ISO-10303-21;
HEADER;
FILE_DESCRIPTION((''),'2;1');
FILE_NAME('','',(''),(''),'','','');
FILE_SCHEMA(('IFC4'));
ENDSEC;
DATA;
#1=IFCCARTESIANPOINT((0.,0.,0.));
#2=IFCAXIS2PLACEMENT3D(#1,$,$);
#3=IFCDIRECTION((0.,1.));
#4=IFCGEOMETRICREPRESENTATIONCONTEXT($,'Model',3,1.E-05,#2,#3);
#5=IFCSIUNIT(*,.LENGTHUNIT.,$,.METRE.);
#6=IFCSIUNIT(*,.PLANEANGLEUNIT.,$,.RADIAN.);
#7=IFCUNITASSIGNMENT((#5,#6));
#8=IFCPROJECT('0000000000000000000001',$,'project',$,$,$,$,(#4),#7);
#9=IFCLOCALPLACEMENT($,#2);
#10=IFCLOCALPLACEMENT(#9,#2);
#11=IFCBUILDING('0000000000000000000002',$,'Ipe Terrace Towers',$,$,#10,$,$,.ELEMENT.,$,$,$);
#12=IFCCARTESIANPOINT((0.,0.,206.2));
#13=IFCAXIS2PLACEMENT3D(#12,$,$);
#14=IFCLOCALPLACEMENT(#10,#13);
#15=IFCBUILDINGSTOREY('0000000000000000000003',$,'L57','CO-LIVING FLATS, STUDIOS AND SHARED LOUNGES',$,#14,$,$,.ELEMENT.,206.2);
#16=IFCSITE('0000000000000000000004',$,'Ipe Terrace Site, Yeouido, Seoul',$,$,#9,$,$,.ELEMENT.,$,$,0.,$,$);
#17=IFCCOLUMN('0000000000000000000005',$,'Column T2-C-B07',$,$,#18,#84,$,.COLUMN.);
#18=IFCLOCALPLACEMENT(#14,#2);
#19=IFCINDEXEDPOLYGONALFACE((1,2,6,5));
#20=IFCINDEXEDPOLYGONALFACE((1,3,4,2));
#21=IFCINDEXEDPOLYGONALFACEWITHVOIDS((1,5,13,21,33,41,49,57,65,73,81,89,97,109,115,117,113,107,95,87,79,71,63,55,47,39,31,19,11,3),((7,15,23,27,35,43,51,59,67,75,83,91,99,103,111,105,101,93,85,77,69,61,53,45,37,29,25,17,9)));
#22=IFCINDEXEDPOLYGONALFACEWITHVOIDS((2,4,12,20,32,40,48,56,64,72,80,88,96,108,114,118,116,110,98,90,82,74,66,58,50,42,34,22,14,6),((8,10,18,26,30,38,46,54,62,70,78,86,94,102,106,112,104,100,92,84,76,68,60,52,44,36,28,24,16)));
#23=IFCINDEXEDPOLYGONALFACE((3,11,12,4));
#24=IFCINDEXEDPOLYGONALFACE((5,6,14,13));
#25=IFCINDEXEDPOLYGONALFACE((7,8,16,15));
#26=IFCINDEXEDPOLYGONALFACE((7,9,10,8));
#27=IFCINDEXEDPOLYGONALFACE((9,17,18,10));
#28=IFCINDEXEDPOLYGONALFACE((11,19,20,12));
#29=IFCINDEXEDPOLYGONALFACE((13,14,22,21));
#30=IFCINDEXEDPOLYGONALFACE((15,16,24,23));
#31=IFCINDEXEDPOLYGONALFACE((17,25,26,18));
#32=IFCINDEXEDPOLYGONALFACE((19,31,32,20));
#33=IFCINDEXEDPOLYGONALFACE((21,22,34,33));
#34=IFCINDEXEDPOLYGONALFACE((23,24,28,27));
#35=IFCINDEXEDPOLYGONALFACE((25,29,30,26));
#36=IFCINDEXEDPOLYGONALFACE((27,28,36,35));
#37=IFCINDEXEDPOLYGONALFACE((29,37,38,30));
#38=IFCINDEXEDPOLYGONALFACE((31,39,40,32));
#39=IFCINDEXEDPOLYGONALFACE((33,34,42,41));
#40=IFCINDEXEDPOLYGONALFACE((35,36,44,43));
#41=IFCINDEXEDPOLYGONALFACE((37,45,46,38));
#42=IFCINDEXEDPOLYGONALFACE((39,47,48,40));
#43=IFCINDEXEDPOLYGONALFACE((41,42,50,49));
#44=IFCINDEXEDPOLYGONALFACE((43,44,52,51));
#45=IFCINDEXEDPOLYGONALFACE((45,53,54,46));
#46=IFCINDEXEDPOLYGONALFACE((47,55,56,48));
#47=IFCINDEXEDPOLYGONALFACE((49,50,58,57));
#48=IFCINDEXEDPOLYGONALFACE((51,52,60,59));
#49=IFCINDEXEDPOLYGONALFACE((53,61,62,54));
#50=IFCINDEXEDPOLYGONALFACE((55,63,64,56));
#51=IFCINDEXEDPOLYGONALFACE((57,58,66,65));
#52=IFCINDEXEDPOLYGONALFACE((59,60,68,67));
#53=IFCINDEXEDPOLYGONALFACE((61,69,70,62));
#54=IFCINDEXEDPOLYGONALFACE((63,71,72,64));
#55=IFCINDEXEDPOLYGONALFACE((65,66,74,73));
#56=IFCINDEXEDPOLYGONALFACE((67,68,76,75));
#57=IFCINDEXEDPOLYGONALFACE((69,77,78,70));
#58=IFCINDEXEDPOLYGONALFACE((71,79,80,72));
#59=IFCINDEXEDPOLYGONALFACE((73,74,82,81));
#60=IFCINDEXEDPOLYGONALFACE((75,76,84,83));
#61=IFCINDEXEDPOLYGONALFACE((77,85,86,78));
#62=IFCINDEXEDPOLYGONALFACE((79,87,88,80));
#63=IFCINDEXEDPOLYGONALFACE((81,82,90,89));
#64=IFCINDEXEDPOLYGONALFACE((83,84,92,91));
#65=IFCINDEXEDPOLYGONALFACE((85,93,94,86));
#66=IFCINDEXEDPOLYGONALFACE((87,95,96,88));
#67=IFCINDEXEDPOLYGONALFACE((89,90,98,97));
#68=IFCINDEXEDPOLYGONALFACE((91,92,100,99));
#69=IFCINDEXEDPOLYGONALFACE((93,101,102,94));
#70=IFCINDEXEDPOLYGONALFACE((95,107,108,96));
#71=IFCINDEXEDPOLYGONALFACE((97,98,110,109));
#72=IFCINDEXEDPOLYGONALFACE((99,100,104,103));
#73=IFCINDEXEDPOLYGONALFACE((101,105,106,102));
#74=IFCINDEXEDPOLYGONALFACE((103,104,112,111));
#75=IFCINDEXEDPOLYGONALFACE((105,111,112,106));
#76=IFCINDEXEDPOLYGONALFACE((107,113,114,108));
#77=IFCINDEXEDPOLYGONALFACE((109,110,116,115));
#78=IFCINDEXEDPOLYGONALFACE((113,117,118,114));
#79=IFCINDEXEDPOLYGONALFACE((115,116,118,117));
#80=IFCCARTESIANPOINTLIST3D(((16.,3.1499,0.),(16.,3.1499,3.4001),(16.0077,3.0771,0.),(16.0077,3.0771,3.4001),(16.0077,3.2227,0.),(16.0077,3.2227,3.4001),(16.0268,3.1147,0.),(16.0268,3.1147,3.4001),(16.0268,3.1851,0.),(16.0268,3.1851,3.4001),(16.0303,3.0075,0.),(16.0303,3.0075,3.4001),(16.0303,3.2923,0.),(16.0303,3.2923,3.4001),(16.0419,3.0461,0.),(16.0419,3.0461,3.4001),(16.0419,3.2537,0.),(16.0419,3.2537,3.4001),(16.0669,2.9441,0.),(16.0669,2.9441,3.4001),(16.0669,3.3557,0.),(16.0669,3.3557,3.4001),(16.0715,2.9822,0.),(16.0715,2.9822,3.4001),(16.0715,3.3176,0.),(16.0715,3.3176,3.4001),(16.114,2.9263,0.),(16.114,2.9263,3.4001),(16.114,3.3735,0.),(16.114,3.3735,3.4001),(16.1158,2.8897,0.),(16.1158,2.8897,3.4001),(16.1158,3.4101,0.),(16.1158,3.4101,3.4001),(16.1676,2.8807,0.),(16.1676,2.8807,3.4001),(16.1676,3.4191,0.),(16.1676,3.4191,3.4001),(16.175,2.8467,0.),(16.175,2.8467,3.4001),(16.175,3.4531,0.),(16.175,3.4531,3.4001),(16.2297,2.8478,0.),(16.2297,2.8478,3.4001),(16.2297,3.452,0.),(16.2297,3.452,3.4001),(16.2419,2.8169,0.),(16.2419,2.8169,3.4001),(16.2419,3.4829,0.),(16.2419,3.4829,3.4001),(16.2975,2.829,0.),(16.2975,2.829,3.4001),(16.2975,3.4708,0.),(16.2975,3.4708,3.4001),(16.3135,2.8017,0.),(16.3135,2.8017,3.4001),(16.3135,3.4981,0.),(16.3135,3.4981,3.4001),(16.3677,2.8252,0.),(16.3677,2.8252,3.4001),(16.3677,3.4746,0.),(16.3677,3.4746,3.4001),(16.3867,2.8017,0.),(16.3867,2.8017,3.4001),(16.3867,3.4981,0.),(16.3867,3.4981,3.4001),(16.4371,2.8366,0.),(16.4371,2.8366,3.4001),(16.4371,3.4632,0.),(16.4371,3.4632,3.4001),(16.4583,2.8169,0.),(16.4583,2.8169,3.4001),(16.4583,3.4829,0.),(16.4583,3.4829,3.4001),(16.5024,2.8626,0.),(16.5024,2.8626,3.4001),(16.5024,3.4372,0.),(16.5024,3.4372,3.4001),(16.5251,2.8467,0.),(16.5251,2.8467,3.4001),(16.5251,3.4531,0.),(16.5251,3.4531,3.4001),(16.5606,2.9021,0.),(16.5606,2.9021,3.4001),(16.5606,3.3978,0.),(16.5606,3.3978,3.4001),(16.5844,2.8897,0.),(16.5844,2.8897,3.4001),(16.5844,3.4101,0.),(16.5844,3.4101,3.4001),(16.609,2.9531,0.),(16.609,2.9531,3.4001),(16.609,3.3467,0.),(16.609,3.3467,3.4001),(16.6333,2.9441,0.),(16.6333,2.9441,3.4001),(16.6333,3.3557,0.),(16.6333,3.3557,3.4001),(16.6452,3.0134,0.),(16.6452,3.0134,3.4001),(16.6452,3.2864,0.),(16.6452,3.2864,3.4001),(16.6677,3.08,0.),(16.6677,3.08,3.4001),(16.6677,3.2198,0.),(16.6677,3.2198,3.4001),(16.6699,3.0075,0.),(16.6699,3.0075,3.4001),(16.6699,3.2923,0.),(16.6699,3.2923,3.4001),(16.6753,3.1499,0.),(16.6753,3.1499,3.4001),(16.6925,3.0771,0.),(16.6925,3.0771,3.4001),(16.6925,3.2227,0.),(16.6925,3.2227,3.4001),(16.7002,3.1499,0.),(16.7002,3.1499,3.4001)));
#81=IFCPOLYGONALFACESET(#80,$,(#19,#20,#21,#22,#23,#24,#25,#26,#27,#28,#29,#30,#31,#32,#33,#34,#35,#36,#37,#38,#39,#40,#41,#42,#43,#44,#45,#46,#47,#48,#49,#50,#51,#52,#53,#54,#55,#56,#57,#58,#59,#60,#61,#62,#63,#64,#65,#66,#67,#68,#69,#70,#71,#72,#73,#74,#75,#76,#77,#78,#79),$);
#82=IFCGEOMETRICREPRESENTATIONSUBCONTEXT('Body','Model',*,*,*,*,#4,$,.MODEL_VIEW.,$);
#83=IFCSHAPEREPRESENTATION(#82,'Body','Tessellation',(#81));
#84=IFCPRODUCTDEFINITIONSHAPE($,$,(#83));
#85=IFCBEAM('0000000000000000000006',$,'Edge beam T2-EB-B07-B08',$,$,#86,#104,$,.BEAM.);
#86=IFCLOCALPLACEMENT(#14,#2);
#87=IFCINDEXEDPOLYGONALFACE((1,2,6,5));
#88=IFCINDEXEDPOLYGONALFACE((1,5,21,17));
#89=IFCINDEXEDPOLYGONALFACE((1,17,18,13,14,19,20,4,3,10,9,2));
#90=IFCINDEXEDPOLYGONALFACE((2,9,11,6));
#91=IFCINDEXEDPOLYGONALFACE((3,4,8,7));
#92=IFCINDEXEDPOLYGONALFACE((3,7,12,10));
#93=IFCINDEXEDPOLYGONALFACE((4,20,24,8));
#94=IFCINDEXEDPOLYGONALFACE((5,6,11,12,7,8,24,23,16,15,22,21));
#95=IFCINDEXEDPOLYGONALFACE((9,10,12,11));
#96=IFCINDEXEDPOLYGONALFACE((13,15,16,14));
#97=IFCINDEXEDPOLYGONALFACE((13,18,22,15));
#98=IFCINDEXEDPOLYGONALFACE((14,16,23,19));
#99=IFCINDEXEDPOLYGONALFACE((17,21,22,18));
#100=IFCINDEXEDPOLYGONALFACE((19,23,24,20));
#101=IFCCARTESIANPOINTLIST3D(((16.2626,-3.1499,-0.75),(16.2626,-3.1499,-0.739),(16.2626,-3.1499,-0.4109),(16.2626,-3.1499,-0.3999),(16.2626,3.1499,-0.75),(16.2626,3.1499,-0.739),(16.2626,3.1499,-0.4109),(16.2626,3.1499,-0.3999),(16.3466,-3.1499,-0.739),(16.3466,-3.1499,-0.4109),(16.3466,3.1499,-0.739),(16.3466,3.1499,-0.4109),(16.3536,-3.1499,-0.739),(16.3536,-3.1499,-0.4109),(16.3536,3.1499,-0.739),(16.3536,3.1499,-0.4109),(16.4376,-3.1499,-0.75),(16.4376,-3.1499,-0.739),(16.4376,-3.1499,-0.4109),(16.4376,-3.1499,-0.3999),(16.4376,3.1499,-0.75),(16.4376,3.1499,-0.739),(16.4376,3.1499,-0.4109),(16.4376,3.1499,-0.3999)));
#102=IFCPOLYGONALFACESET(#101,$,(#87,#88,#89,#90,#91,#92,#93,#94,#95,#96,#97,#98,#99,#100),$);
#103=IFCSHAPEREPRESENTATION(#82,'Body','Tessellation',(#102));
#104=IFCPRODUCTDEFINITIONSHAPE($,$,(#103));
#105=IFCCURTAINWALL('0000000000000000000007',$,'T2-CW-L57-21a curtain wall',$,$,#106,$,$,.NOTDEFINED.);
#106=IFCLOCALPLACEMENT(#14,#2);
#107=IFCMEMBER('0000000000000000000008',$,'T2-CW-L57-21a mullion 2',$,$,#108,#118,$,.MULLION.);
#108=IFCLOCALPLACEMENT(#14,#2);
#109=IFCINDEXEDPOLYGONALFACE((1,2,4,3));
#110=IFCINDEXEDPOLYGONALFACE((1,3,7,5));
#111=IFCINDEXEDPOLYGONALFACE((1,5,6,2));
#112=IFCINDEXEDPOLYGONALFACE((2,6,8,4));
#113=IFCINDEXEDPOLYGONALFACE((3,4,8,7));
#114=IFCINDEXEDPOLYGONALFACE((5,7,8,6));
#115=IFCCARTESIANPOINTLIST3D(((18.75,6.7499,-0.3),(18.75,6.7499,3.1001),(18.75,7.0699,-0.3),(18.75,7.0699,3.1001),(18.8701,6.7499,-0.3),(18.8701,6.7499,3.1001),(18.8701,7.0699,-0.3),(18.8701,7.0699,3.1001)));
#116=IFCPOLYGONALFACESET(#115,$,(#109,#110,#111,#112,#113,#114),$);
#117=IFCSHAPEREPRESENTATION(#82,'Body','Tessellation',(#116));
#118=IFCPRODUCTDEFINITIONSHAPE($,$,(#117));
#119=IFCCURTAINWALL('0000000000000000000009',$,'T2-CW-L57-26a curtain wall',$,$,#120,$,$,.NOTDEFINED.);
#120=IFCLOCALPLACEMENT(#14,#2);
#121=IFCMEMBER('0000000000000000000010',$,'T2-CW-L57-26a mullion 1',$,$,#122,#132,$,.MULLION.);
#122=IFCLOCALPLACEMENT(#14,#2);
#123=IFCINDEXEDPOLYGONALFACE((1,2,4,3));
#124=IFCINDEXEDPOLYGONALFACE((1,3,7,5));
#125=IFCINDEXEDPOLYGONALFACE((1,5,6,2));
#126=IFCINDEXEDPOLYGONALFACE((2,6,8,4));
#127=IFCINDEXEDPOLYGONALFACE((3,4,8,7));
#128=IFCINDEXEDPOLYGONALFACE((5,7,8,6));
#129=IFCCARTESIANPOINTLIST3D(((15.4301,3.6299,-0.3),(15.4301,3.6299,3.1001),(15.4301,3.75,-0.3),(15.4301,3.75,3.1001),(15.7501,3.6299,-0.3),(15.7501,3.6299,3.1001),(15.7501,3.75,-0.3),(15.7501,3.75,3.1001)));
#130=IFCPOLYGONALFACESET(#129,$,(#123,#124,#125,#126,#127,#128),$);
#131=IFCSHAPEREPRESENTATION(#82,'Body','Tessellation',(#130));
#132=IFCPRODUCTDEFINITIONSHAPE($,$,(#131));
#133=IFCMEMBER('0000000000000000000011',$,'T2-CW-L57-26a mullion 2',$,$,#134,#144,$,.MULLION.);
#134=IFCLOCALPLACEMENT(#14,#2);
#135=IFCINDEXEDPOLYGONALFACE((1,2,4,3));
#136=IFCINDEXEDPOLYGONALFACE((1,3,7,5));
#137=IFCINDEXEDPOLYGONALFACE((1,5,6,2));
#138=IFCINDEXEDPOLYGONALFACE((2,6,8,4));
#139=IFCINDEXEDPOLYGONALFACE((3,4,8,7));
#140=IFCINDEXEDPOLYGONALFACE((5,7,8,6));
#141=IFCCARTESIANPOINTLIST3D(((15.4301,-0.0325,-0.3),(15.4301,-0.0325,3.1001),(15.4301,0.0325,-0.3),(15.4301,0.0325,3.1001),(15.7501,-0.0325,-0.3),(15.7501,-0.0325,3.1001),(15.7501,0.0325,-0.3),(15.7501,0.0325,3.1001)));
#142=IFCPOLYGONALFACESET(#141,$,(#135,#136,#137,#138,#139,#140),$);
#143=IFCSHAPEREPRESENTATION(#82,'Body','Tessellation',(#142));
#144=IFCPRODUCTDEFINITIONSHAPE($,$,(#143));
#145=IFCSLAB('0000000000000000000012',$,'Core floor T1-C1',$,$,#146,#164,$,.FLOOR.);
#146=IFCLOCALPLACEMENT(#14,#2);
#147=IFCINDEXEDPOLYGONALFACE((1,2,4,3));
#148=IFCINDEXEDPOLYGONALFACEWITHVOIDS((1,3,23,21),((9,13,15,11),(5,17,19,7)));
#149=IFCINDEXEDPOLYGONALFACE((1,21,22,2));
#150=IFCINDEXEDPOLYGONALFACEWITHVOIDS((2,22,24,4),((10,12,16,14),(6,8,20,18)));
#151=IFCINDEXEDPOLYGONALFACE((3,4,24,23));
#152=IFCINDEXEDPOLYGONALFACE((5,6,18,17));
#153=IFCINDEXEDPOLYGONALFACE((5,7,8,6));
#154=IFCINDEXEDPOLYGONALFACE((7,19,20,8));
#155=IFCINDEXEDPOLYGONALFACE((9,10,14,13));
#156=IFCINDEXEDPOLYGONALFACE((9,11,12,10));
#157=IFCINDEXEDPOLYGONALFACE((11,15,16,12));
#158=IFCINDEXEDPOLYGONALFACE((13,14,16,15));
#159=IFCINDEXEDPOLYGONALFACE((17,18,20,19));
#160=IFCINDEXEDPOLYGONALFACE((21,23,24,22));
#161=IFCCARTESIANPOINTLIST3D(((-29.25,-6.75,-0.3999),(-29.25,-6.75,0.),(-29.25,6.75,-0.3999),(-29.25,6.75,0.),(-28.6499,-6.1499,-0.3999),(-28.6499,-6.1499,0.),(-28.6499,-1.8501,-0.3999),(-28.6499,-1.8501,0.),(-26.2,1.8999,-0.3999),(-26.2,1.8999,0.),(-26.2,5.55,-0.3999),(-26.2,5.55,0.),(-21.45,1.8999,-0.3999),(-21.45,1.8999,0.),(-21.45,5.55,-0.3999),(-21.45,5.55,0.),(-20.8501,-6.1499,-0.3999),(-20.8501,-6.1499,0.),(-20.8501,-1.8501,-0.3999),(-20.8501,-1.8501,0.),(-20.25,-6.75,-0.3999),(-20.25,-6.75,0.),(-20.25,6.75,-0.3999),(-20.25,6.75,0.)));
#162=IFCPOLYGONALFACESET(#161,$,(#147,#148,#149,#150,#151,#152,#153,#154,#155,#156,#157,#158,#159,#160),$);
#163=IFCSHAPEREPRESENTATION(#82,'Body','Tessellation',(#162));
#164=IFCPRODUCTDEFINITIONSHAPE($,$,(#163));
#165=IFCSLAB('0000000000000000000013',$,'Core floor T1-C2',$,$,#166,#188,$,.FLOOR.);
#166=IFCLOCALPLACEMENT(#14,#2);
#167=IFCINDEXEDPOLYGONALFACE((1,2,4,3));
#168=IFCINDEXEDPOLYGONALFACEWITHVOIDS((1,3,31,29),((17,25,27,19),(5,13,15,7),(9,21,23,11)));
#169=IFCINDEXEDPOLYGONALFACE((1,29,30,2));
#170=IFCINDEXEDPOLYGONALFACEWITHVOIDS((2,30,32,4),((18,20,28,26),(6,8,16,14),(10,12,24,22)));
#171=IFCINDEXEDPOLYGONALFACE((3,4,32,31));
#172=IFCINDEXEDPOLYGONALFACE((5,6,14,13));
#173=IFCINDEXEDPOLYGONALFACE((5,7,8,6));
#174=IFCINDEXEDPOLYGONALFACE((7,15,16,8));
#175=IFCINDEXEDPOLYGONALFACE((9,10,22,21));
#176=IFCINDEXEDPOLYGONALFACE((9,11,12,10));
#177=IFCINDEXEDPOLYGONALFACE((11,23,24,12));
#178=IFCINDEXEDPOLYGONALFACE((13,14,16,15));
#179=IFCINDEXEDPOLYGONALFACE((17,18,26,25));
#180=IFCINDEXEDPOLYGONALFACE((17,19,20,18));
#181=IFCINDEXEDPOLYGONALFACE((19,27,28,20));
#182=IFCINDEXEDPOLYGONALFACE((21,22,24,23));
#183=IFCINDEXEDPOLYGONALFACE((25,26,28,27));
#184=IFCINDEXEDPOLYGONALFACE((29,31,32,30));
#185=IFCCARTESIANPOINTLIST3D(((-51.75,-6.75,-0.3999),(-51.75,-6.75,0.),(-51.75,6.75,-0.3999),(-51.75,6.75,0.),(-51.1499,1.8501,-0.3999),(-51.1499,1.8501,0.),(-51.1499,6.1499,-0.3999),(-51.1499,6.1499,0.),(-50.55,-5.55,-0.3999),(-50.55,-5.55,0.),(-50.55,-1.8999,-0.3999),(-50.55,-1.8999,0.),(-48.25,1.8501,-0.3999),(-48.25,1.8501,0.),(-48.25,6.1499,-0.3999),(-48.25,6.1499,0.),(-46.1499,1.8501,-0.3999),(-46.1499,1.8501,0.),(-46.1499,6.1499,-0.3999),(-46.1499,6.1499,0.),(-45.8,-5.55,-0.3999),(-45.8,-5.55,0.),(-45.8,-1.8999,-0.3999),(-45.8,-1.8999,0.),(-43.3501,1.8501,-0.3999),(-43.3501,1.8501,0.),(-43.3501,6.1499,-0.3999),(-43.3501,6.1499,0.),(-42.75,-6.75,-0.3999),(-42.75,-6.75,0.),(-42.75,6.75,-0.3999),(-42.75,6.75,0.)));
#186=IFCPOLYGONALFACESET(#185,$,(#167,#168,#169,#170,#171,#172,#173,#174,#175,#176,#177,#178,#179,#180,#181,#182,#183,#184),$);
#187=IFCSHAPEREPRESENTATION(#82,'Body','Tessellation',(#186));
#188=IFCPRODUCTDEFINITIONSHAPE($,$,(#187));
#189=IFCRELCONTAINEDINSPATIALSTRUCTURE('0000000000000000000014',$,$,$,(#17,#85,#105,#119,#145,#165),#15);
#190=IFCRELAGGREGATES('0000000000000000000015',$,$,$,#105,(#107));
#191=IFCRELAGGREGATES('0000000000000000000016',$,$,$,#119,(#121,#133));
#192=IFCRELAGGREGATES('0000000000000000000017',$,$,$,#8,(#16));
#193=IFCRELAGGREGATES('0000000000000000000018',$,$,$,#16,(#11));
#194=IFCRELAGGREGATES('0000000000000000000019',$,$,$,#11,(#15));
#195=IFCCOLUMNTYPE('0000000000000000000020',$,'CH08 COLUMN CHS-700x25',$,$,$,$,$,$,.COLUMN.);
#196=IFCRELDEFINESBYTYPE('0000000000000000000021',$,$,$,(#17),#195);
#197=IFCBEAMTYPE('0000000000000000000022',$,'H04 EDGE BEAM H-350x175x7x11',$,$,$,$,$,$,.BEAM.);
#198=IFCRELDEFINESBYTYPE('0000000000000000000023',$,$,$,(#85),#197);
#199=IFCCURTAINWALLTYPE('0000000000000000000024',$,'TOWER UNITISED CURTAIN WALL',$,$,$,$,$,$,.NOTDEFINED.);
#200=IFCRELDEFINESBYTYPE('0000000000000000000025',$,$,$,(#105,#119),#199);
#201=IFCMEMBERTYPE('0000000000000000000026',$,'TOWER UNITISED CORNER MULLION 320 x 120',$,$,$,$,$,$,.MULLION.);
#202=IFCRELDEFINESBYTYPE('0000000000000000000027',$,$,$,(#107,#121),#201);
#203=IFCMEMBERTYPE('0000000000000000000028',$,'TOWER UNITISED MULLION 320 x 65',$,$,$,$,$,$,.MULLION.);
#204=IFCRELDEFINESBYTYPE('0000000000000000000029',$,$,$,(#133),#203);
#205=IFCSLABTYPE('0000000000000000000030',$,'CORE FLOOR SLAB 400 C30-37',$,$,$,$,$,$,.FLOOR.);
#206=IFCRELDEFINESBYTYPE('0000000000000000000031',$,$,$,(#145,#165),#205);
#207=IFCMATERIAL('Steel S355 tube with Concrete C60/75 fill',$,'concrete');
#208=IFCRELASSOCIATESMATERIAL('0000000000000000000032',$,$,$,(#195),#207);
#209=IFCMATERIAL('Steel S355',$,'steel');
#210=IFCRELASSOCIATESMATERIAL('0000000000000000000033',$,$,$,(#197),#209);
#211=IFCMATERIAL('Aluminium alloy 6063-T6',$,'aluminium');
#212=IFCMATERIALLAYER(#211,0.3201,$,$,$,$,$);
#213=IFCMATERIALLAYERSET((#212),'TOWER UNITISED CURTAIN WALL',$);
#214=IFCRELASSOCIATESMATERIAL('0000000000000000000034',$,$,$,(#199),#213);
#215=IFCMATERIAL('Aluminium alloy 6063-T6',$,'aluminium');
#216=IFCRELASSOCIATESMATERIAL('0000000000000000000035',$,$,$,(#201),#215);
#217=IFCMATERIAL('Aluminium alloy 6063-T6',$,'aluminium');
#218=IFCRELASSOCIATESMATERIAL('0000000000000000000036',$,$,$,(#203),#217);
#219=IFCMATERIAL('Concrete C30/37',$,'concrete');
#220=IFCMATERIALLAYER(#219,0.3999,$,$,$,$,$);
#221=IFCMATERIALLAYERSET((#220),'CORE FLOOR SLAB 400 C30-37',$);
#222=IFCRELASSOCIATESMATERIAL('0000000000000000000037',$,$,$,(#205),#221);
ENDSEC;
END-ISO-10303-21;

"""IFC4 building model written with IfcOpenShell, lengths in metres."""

from ifc_helpers import new_model, si_unit, direction, frame, origin, origin_2d, place, context, subcontext, project, spatial, polyline, rectangle, hollow_circle, i_section, outline, extrude, material, layer, layer_set, material_profile, profile_set, type_object, element, aggregate, save


model = new_model("IFC4")

# Units and contexts
model_context = context("Model", 3, precision=1e-05, world=origin(), true_north=direction((0.0, 1.0)))
body_context = subcontext(model_context, "Body", "Model", "MODEL_VIEW")
ifc_project = project(units=[si_unit("LENGTHUNIT", "METRE"), si_unit("PLANEANGLEUNIT", "RADIAN")], contexts=[model_context])

# Site, building, storey
site_placement = place(None, origin())
site = spatial("IfcSite", under=ifc_project, at=site_placement, Name="Ipe Terrace Site, Yeouido, Seoul", CompositionType="ELEMENT", RefElevation=0.0)
building_placement = place(site_placement, origin())
building = spatial("IfcBuilding", under=site, at=building_placement, Name="Ipe Terrace Towers", CompositionType="ELEMENT")
storey_placement = place(building_placement, frame((0.0, 0.0, 206.2)))
storey = spatial("IfcBuildingStorey", under=building, at=storey_placement, Name="L57", Description="CO-LIVING FLATS, STUDIOS AND SHARED LOUNGES", CompositionType="ELEMENT", Elevation=206.2)

# Column
ifc_material_1 = material(Name="Steel S355 tube with Concrete C60/75 fill", Category="concrete")
ifc_material_profile_1 = material_profile(ifc_material_1, hollow_circle(Radius=0.3501, WallThickness=0.0249, at=origin_2d()), Name="CHS-700x25")
ifc_profile_set_1 = profile_set([ifc_material_profile_1], Name="Steel S355 tube with Concrete C60/75 fill")
column_type = type_object("IfcColumnType", Name="CH08 COLUMN CHS-700x25", PredefinedType="COLUMN", material=ifc_profile_set_1)
for number, where, z_axis, x_axis, name in (
    (1, (16.3501, 3.1499, 0.0), (0.0, 0.0, 1.0), (1.0, 0.0, 0.0), "Column T2-C-B07"),
):
    element("IfcColumn", number, at=place(storey_placement, frame(where, z_axis=z_axis, x_axis=x_axis)), inside=storey, type_object=column_type, Name=name, PredefinedType="COLUMN", context=body_context, shape_type="SweptSolid", body=[
        extrude(hollow_circle(Radius=0.3501, WallThickness=0.0249, at=origin_2d()), origin(), (0.0, 0.0, 1.0), 3.4001),
    ])

# Beam
ifc_material_2 = material(Name="Steel S355", Category="steel")
ifc_material_profile_2 = material_profile(ifc_material_2, i_section(OverallWidth=0.175, OverallDepth=0.3501, WebThickness=0.0071, FlangeThickness=0.011, at=origin_2d()), Name="H-350x175x7x11")
ifc_profile_set_2 = profile_set([ifc_material_profile_2], Name="Steel S355")
beam_type = type_object("IfcBeamType", Name="H04 EDGE BEAM H-350x175x7x11", PredefinedType="BEAM", material=ifc_profile_set_2)
beam_placement = place(storey_placement, frame((16.3501, 3.1499, -0.575), z_axis=(0.0, -1.0, 0.0), x_axis=(1.0, 0.0, 0.0)))
element("IfcBeam", 2, at=beam_placement, inside=storey, type_object=beam_type, Name="Edge beam T2-EB-B07-B08", PredefinedType="BEAM", context=body_context, shape_type="SweptSolid", body=[
    extrude(i_section(OverallWidth=0.175, OverallDepth=0.3501, WebThickness=0.0071, FlangeThickness=0.011, at=origin_2d()), origin(), (0.0, 0.0, 1.0), 6.2998),
])

# Curtain wall, member
ifc_material_3 = material(Name="Aluminium alloy 6063-T6", Category="aluminium")
ifc_layer_1 = layer(ifc_material_3, 0.3201)
ifc_layer_set_1 = layer_set([ifc_layer_1], Name="TOWER UNITISED CURTAIN WALL")
curtain_wall_type = type_object("IfcCurtainWallType", Name="TOWER UNITISED CURTAIN WALL", PredefinedType="NOTDEFINED", material=ifc_layer_set_1)
curtain_wall_1_placement = place(storey_placement, origin())
curtain_wall_1 = element("IfcCurtainWall", 3, at=curtain_wall_1_placement, inside=storey, type_object=curtain_wall_type, Name="T2-CW-L57-21a curtain wall", PredefinedType="NOTDEFINED")
ifc_material_4 = material(Name="Aluminium alloy 6063-T6", Category="aluminium")
ifc_material_profile_3 = material_profile(ifc_material_4, rectangle(XDim=0.3201, YDim=0.1201, at=origin_2d()), Name="TOWER UNITISED CORNER MULLION 320 x 120")
ifc_profile_set_3 = profile_set([ifc_material_profile_3], Name="Aluminium alloy 6063-T6")
member_type_1 = type_object("IfcMemberType", Name="TOWER UNITISED CORNER MULLION 320 x 120", PredefinedType="MULLION", material=ifc_profile_set_3)
member_1_placement = place(storey_placement, frame((18.8101, 6.9099, -0.3), z_axis=(0.0, 0.0, 1.0), x_axis=(0.0, 1.0, 0.0)))
member_1 = element("IfcMember", 4, at=member_1_placement, type_object=member_type_1, Name="T2-CW-L57-21a mullion 2", PredefinedType="MULLION", context=body_context, shape_type="SweptSolid", body=[
    extrude(rectangle(XDim=0.3201, YDim=0.1201, at=origin_2d()), origin(), (0.0, 0.0, 1.0), 3.4001),
])
aggregate(curtain_wall_1, [member_1])

# Curtain wall, members
curtain_wall_2_placement = place(storey_placement, origin())
curtain_wall_2 = element("IfcCurtainWall", 5, at=curtain_wall_2_placement, inside=storey, type_object=curtain_wall_type, Name="T2-CW-L57-26a curtain wall", PredefinedType="NOTDEFINED")
member_2_placement = place(storey_placement, frame((15.5901, 3.6899, -0.3), z_axis=(0.0, 0.0, 1.0), x_axis=(-1.0, 0.0, 0.0)))
member_2 = element("IfcMember", 6, at=member_2_placement, type_object=member_type_1, Name="T2-CW-L57-26a mullion 1", PredefinedType="MULLION", context=body_context, shape_type="SweptSolid", body=[
    extrude(rectangle(XDim=0.3201, YDim=0.1201, at=origin_2d()), origin(), (0.0, 0.0, 1.0), 3.4001),
])
ifc_material_5 = material(Name="Aluminium alloy 6063-T6", Category="aluminium")
ifc_material_profile_4 = material_profile(ifc_material_5, rectangle(XDim=0.3201, YDim=0.0649, at=origin_2d()), Name="TOWER UNITISED MULLION 320 x 65")
ifc_profile_set_4 = profile_set([ifc_material_profile_4], Name="Aluminium alloy 6063-T6")
member_type_2 = type_object("IfcMemberType", Name="TOWER UNITISED MULLION 320 x 65", PredefinedType="MULLION", material=ifc_profile_set_4)
member_3_placement = place(storey_placement, frame((15.5901, 0.0, -0.3), z_axis=(0.0, 0.0, 1.0), x_axis=(-1.0, 0.0, 0.0)))
member_3 = element("IfcMember", 7, at=member_3_placement, type_object=member_type_2, Name="T2-CW-L57-26a mullion 2", PredefinedType="MULLION", context=body_context, shape_type="SweptSolid", body=[
    extrude(rectangle(XDim=0.3201, YDim=0.0649, at=origin_2d()), origin(), (0.0, 0.0, 1.0), 3.4001),
])

# Slabs
ifc_material_6 = material(Name="Concrete C30/37", Category="concrete")
ifc_layer_2 = layer(ifc_material_6, 0.3999)
ifc_layer_set_2 = layer_set([ifc_layer_2], Name="CORE FLOOR SLAB 400 C30-37")
slab_type_1 = type_object("IfcSlabType", Name="CORE FLOOR SLAB 400 C30-37", PredefinedType="FLOOR", material=ifc_layer_set_2)
slab_1_placement = place(storey_placement, frame((0.0, 0.0, -0.3999)))
element("IfcSlab", 8, at=slab_1_placement, inside=storey, type_object=slab_type_1, Name="Core floor T1-C1", PredefinedType="FLOOR", context=body_context, shape_type="SweptSolid", body=[
    extrude(outline(polyline([(-29.25, -6.75), (-29.25, 6.75), (-20.25, 6.75), (-20.25, -6.75), (-29.25, -6.75)]), holes=[polyline([(-28.6499, -6.1499), (-20.8501, -6.1499), (-20.8501, -1.8501), (-28.6499, -1.8501), (-28.6499, -6.1499)]), polyline([(-26.2, 5.55), (-26.2, 1.8999), (-21.45, 1.8999), (-21.45, 5.55), (-26.2, 5.55)])]), origin(), (0.0, 0.0, 1.0), 0.3999),
])
slab_2_placement = place(storey_placement, frame((0.0, 0.0, -0.3999)))
element("IfcSlab", 9, at=slab_2_placement, inside=storey, type_object=slab_type_1, Name="Core floor T1-C2", PredefinedType="FLOOR", context=body_context, shape_type="SweptSolid", body=[
    extrude(outline(polyline([(-51.75, -6.75), (-51.75, 6.75), (-42.75, 6.75), (-42.75, -6.75), (-51.75, -6.75)]), holes=[polyline([(-45.8, -1.8999), (-50.55, -1.8999), (-50.55, -5.55), (-45.8, -5.55), (-45.8, -1.8999)]), polyline([(-48.25, 1.8501), (-48.25, 6.1499), (-51.1499, 6.1499), (-51.1499, 1.8501), (-48.25, 1.8501)]), polyline([(-43.3501, 1.8501), (-43.3501, 6.1499), (-46.1499, 6.1499), (-46.1499, 1.8501), (-43.3501, 1.8501)])]), origin(), (0.0, 0.0, 1.0), 0.3999),
])

aggregate(curtain_wall_2, [member_2, member_3])

save(model, "model.ifc")
